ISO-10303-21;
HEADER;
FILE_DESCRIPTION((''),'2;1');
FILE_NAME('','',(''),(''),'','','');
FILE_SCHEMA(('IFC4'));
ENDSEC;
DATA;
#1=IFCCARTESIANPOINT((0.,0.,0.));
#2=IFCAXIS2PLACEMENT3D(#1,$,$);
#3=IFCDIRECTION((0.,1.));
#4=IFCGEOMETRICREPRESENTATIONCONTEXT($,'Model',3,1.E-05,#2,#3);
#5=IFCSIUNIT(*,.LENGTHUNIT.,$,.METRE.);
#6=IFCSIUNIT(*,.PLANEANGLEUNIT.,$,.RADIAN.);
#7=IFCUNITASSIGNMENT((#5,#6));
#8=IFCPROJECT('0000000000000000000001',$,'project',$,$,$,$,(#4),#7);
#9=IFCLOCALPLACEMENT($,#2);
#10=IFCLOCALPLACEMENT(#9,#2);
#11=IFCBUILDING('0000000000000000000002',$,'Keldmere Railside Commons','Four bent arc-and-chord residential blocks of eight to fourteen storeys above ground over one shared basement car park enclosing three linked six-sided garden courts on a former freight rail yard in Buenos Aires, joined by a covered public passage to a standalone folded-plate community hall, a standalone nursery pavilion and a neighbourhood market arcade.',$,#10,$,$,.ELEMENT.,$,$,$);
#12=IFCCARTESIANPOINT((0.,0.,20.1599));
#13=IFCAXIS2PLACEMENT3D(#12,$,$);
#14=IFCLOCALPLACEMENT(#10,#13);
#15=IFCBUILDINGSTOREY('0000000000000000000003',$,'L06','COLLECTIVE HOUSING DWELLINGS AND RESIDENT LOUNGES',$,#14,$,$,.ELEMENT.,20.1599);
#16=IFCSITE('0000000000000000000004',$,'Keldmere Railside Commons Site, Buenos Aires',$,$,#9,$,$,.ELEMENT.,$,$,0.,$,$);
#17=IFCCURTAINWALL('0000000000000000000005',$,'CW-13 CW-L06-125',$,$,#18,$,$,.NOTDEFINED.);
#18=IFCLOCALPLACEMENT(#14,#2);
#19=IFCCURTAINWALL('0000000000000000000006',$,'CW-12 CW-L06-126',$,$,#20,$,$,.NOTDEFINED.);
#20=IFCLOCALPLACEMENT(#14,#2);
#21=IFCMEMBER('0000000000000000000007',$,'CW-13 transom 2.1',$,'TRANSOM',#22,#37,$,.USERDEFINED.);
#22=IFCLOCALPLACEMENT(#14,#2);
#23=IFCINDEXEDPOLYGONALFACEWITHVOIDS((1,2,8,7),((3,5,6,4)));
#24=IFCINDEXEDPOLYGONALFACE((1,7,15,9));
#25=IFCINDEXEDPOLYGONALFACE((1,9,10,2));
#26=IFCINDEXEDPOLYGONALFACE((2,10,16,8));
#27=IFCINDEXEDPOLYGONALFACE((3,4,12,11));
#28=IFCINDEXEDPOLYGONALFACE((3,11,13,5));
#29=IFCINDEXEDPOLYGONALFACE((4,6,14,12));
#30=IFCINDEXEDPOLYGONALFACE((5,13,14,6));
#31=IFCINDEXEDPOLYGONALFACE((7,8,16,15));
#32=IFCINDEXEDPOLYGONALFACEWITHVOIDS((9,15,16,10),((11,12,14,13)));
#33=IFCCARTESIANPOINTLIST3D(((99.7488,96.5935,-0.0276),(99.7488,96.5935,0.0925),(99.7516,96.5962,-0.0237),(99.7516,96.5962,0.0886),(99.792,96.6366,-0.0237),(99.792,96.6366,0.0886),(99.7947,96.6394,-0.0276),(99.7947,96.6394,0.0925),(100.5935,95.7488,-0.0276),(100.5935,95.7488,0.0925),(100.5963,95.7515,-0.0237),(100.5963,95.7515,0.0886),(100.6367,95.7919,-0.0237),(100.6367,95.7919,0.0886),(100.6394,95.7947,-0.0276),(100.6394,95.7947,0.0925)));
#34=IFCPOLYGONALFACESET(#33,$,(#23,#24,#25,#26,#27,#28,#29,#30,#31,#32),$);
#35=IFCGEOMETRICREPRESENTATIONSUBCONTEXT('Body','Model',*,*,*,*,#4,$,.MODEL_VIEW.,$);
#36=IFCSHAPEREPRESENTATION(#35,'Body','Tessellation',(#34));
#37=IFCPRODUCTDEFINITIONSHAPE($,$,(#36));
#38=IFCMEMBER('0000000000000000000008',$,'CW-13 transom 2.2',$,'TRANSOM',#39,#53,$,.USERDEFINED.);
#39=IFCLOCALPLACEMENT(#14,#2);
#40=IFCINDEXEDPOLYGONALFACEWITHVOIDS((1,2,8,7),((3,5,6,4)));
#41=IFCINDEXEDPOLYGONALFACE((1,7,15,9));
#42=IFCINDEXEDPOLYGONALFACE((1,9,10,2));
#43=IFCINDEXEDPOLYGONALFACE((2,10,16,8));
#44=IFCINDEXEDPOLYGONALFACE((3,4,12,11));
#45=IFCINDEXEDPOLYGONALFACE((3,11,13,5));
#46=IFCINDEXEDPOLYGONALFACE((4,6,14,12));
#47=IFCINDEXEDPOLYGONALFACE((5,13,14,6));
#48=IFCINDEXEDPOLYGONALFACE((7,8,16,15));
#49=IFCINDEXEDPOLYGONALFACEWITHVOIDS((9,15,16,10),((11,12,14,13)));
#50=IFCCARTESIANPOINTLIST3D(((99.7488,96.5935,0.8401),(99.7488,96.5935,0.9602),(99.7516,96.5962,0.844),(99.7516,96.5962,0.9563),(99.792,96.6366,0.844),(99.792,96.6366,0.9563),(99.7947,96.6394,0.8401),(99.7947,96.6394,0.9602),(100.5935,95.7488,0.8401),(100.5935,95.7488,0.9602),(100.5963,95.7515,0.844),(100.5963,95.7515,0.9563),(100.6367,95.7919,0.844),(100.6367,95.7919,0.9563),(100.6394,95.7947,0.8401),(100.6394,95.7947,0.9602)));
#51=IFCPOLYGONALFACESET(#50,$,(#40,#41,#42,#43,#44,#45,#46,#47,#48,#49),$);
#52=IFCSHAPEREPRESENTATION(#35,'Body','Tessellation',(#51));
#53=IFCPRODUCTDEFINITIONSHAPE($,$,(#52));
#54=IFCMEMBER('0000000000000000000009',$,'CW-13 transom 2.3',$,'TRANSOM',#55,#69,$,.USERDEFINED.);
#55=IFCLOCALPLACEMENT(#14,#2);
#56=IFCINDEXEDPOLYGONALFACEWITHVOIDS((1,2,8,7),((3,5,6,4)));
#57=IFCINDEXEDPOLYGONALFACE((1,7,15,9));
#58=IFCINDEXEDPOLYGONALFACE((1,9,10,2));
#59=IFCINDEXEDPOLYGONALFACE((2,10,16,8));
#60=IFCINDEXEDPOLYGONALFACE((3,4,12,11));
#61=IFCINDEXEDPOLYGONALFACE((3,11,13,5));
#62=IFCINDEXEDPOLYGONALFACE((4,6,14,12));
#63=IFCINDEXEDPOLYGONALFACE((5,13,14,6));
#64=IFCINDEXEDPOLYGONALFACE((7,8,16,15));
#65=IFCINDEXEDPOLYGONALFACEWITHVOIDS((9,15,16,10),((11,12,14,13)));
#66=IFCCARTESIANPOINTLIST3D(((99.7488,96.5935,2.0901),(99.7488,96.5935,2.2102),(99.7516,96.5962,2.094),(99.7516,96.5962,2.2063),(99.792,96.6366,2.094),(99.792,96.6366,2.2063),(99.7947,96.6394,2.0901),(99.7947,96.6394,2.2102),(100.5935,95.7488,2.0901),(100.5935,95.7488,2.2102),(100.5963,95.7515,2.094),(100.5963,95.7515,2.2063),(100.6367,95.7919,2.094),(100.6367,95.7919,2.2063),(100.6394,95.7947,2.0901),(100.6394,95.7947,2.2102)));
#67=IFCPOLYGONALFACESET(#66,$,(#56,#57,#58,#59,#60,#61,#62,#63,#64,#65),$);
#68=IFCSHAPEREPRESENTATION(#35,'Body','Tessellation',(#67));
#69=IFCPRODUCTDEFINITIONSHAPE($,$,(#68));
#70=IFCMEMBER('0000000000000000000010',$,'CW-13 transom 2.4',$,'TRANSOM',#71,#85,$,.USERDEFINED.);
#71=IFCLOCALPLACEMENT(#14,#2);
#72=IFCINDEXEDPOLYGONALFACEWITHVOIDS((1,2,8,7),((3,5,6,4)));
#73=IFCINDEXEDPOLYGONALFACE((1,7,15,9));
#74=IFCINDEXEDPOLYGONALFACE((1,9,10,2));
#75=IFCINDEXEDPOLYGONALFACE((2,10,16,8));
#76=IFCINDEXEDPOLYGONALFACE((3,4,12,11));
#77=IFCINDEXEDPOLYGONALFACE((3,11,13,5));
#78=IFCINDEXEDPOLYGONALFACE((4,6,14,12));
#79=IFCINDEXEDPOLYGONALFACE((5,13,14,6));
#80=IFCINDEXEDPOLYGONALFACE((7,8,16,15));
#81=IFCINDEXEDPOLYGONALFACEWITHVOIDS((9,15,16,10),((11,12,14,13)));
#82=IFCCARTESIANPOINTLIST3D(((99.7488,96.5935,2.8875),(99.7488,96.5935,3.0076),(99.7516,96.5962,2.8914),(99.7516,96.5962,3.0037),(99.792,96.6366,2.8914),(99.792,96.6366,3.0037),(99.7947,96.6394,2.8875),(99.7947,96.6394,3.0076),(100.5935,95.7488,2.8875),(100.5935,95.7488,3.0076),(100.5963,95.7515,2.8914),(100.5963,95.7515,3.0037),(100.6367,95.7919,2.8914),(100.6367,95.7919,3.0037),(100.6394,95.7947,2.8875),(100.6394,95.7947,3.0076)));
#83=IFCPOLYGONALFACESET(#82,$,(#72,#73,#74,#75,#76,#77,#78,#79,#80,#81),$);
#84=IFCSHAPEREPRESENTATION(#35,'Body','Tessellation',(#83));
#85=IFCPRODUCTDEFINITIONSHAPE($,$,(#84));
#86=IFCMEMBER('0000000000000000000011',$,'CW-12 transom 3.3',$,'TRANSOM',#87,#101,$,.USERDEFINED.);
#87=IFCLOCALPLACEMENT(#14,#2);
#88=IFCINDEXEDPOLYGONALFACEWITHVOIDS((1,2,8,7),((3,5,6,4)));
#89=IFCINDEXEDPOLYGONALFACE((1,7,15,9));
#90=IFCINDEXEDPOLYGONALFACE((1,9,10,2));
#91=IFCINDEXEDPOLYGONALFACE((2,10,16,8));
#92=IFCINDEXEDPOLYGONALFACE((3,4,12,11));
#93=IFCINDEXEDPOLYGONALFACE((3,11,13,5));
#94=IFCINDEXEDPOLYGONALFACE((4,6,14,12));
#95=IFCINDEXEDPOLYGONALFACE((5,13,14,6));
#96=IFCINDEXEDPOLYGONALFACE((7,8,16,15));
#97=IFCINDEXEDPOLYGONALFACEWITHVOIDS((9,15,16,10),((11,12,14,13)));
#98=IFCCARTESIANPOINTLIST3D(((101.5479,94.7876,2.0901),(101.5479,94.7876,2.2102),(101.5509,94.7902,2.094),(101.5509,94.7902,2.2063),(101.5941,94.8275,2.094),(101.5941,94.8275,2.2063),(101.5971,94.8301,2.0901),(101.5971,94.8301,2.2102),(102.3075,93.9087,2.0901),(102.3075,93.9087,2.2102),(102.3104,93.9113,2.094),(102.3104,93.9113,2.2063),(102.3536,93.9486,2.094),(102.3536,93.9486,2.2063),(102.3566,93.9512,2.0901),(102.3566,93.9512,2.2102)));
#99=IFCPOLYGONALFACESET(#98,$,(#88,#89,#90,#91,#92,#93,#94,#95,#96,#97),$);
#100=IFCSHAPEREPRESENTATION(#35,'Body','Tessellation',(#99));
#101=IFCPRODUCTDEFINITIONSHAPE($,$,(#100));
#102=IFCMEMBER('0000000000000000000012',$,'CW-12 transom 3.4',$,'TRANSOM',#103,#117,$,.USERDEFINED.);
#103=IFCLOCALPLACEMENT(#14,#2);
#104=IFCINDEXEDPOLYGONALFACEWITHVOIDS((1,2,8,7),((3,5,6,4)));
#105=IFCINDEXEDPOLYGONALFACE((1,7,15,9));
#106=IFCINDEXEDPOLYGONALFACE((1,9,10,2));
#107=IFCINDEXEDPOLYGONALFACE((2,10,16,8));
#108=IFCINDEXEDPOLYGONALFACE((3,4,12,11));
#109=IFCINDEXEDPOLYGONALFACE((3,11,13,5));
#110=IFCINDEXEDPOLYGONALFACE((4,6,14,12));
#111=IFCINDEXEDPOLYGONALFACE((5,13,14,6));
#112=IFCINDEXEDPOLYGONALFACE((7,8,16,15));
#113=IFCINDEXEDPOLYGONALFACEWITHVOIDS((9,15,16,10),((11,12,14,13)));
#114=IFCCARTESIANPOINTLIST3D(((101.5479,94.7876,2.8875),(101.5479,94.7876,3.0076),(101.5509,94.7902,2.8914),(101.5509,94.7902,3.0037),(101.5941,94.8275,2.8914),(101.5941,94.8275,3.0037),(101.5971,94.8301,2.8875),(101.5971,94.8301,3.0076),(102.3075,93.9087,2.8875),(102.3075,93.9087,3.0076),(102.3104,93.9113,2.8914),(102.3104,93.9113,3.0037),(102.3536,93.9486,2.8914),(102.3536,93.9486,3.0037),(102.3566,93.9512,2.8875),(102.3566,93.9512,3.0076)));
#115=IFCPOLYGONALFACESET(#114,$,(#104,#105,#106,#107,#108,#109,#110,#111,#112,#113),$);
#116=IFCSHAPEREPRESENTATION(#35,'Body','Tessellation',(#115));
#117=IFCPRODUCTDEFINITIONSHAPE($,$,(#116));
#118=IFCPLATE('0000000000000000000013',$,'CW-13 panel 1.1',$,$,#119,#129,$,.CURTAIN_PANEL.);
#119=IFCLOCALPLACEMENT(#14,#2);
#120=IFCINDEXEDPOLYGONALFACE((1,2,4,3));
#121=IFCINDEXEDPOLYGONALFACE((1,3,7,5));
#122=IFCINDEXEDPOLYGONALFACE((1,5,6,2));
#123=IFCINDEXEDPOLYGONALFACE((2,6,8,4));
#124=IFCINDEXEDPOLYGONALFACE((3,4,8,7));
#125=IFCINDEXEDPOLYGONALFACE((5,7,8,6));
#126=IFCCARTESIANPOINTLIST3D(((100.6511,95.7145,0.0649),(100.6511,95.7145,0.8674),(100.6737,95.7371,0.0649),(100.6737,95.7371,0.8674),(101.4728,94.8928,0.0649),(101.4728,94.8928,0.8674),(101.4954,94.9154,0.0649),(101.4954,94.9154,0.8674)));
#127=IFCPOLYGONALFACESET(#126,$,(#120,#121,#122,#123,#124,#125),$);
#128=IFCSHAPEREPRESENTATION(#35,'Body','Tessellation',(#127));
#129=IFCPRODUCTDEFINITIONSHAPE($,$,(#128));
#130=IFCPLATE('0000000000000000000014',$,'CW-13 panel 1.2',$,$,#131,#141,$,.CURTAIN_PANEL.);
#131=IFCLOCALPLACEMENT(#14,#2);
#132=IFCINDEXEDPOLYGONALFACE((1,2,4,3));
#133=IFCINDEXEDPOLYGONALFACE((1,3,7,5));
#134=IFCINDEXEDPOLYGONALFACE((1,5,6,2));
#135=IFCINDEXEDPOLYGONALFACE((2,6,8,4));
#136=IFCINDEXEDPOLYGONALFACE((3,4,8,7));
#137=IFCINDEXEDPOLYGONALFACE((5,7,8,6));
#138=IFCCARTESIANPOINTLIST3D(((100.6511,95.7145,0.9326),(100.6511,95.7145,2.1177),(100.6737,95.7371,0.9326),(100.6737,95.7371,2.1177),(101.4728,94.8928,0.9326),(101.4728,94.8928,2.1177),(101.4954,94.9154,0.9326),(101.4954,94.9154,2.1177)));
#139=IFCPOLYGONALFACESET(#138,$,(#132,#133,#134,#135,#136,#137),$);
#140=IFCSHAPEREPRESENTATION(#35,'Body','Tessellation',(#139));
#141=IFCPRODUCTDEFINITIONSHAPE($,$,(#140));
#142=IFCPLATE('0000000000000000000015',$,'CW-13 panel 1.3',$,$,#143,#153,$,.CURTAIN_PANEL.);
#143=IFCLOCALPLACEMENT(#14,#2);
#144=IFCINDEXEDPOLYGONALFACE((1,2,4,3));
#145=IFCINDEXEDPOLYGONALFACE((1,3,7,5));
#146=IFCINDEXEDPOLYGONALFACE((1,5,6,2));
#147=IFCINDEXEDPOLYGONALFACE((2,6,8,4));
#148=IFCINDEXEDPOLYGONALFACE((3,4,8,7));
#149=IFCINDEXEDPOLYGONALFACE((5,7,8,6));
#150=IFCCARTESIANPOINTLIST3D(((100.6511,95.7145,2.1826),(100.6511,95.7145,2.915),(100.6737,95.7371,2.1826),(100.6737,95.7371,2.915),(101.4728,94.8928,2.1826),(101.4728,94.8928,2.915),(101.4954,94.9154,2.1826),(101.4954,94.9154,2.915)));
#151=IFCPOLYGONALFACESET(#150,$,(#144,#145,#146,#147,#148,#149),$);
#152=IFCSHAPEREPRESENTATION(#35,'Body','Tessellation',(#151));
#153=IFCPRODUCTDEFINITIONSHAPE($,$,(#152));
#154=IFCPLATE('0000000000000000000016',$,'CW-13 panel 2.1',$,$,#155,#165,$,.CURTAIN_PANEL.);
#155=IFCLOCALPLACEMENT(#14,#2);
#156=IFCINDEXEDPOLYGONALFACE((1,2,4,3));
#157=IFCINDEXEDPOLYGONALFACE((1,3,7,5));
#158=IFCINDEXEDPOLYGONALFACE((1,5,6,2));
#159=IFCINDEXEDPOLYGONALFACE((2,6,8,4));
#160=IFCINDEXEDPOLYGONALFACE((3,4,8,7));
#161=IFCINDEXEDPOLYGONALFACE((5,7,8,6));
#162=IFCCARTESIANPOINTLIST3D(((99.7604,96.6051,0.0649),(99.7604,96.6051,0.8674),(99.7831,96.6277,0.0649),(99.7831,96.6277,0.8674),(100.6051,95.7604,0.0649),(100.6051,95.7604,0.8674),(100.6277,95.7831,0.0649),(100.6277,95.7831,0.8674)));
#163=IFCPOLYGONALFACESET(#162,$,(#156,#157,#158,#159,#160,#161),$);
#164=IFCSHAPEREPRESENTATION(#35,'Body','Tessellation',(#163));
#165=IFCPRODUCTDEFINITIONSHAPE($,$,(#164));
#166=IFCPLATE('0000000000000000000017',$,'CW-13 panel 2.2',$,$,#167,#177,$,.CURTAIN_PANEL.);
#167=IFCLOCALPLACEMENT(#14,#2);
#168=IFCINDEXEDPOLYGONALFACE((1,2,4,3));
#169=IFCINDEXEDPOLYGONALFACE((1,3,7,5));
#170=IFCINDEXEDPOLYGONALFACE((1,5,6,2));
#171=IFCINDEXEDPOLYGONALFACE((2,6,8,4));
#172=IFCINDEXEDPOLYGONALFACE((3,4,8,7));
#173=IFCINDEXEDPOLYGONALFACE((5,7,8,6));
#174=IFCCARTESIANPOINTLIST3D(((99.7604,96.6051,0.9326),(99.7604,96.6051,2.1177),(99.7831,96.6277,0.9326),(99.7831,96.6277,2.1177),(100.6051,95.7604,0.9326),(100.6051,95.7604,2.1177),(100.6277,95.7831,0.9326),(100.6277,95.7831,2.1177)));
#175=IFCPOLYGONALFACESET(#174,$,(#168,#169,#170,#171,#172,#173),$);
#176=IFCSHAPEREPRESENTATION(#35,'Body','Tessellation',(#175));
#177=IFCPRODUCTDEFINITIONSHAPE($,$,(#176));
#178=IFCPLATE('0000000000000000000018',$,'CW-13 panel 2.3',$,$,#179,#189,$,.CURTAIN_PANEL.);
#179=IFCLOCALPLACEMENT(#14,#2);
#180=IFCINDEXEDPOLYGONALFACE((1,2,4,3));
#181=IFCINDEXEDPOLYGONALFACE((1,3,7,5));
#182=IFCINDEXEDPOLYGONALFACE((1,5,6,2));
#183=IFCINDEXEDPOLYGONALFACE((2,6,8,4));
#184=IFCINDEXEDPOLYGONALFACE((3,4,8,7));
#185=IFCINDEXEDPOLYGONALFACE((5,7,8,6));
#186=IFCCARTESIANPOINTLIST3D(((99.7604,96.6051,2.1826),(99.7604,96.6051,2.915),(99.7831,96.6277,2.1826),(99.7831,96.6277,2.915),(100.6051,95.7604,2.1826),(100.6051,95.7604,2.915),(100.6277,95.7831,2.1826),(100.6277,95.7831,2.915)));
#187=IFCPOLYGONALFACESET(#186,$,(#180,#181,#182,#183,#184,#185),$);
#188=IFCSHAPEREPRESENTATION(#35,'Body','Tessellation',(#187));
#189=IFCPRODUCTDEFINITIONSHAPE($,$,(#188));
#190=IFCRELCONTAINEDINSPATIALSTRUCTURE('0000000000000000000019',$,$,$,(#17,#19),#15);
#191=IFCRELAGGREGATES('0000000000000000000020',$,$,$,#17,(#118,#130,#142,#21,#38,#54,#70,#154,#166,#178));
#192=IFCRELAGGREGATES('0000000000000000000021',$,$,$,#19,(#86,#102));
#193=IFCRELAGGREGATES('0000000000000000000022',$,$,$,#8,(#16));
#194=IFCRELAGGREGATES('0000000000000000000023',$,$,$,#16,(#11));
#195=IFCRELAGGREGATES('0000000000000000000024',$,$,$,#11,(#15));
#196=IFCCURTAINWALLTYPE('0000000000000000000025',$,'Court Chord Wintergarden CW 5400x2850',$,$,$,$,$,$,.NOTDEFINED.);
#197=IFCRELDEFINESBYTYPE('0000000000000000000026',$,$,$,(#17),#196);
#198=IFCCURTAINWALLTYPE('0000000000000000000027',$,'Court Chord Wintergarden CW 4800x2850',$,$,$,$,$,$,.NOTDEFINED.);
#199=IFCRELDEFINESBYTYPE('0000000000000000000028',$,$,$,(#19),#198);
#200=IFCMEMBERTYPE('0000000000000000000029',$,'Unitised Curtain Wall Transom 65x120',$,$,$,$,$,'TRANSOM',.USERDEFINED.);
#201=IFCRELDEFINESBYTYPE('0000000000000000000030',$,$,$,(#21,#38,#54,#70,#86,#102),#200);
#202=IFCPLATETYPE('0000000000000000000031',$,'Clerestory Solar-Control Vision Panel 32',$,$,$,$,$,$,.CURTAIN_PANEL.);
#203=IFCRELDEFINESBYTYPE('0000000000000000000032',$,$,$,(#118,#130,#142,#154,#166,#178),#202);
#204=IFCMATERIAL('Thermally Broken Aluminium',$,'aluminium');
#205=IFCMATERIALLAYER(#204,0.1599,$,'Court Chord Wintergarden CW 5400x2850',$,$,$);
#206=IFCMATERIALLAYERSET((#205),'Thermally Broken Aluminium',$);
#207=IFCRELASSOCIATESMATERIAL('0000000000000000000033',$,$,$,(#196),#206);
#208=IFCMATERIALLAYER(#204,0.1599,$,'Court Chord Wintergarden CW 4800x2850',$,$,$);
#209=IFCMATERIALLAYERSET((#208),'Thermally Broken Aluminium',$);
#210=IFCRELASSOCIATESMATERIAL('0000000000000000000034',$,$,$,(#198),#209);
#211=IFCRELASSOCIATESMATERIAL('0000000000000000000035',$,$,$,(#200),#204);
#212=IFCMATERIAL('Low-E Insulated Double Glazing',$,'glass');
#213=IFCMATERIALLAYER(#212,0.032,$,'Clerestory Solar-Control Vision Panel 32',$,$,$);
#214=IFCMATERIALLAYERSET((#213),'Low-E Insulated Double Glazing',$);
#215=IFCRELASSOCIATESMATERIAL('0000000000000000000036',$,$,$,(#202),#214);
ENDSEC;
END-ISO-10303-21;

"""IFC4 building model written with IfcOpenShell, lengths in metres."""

from ifc_helpers import new_model, si_unit, direction, frame, origin, origin_2d, place, context, subcontext, project, spatial, rectangle, hollow_rectangle, extrude, material, layer, layer_set, material_profile, profile_set, type_object, element, aggregate, save


model = new_model("IFC4")

# Units and contexts
model_context = context("Model", 3, precision=1e-05, world=origin(), true_north=direction((0.0, 1.0)))
body_context = subcontext(model_context, "Body", "Model", "MODEL_VIEW")
ifc_project = project(units=[si_unit("LENGTHUNIT", "METRE"), si_unit("PLANEANGLEUNIT", "RADIAN")], contexts=[model_context])

# Site, building, storey
site_placement = place(None, origin())
site = spatial("IfcSite", under=ifc_project, at=site_placement, Name="Keldmere Railside Commons Site, Buenos Aires", CompositionType="ELEMENT", RefElevation=0.0)
building_placement = place(site_placement, origin())
building = spatial("IfcBuilding", under=site, at=building_placement, Name="Keldmere Railside Commons", Description="Four bent arc-and-chord residential blocks of eight to fourteen storeys above ground over one shared basement car park enclosing three linked six-sided garden courts on a former freight rail yard in Buenos Aires, joined by a covered public passage to a standalone folded-plate community hall, a standalone nursery pavilion and a neighbourhood market arcade.", CompositionType="ELEMENT")
storey_placement = place(building_placement, frame((0.0, 0.0, 20.1599)))
storey = spatial("IfcBuildingStorey", under=building, at=storey_placement, Name="L06", Description="COLLECTIVE HOUSING DWELLINGS AND RESIDENT LOUNGES", CompositionType="ELEMENT", Elevation=20.1599)

# Curtain wall
ifc_material_1 = material(Name="Thermally Broken Aluminium", Category="aluminium")
ifc_layer_1 = layer(ifc_material_1, 0.1599, Name="Court Chord Wintergarden CW 5400x2850")
ifc_layer_set_1 = layer_set([ifc_layer_1], Name="Thermally Broken Aluminium")
curtain_wall_type_1 = type_object("IfcCurtainWallType", Name="Court Chord Wintergarden CW 5400x2850", PredefinedType="NOTDEFINED", material=ifc_layer_set_1)
curtain_wall_1_placement = place(storey_placement, origin())
curtain_wall_1 = element("IfcCurtainWall", 1, at=curtain_wall_1_placement, inside=storey, type_object=curtain_wall_type_1, Name="CW-13 CW-L06-125", PredefinedType="NOTDEFINED")

# Curtain wall
ifc_layer_2 = layer(ifc_material_1, 0.1599, Name="Court Chord Wintergarden CW 4800x2850")
ifc_layer_set_2 = layer_set([ifc_layer_2], Name="Thermally Broken Aluminium")
curtain_wall_type_2 = type_object("IfcCurtainWallType", Name="Court Chord Wintergarden CW 4800x2850", PredefinedType="NOTDEFINED", material=ifc_layer_set_2)
curtain_wall_2_placement = place(storey_placement, origin())
curtain_wall_2 = element("IfcCurtainWall", 2, at=curtain_wall_2_placement, inside=storey, type_object=curtain_wall_type_2, Name="CW-12 CW-L06-126", PredefinedType="NOTDEFINED")

# Members
ifc_material_profile_1 = material_profile(ifc_material_1, hollow_rectangle(XDim=0.0649, YDim=0.1201, WallThickness=0.0039, at=origin_2d()), Name="ALU-TRAN-65x120")
ifc_profile_set_1 = profile_set([ifc_material_profile_1], Name="Thermally Broken Aluminium")
member_type_1 = type_object("IfcMemberType", Name="Unitised Curtain Wall Transom 65x120", ElementType="TRANSOM", PredefinedType="USERDEFINED", material=ifc_profile_set_1)
member_1_placement = place(storey_placement, frame((100.6165, 95.7717, 0.0325), z_axis=(-0.707107, 0.707107, 0.0), x_axis=(-0.707107, -0.707107, 0.0)))
member_1 = element("IfcMember", 3, at=member_1_placement, type_object=member_type_1, Name="CW-13 transom 2.1", ObjectType="TRANSOM", PredefinedType="USERDEFINED", context=body_context, shape_type="SweptSolid", body=[
    extrude(hollow_rectangle(XDim=0.0649, YDim=0.1201, WallThickness=0.0039, at=origin_2d()), origin(), (0.0, 0.0, 1.0), 1.1946),
])
member_2_placement = place(storey_placement, frame((100.6165, 95.7717, 0.9001), z_axis=(-0.707107, 0.707107, 0.0), x_axis=(-0.707107, -0.707107, 0.0)))
member_2 = element("IfcMember", 4, at=member_2_placement, type_object=member_type_1, Name="CW-13 transom 2.2", ObjectType="TRANSOM", PredefinedType="USERDEFINED", context=body_context, shape_type="SweptSolid", body=[
    extrude(hollow_rectangle(XDim=0.0649, YDim=0.1201, WallThickness=0.0039, at=origin_2d()), origin(), (0.0, 0.0, 1.0), 1.1946),
])
member_3_placement = place(storey_placement, frame((100.6165, 95.7717, 2.1501), z_axis=(-0.707107, 0.707107, 0.0), x_axis=(-0.707107, -0.707107, 0.0)))
member_3 = element("IfcMember", 5, at=member_3_placement, type_object=member_type_1, Name="CW-13 transom 2.3", ObjectType="TRANSOM", PredefinedType="USERDEFINED", context=body_context, shape_type="SweptSolid", body=[
    extrude(hollow_rectangle(XDim=0.0649, YDim=0.1201, WallThickness=0.0039, at=origin_2d()), origin(), (0.0, 0.0, 1.0), 1.1946),
])
member_4_placement = place(storey_placement, frame((100.6165, 95.7717, 2.9475), z_axis=(-0.707107, 0.707107, 0.0), x_axis=(-0.707107, -0.707107, 0.0)))
member_4 = element("IfcMember", 6, at=member_4_placement, type_object=member_type_1, Name="CW-13 transom 2.4", ObjectType="TRANSOM", PredefinedType="USERDEFINED", context=body_context, shape_type="SweptSolid", body=[
    extrude(hollow_rectangle(XDim=0.0649, YDim=0.1201, WallThickness=0.0039, at=origin_2d()), origin(), (0.0, 0.0, 1.0), 1.1946),
])
member_5_placement = place(storey_placement, frame((102.332, 93.9299, 2.1501), z_axis=(-0.65385, 0.756624, 0.0), x_axis=(-0.756624, -0.65385, 0.0)))
member_5 = element("IfcMember", 7, at=member_5_placement, type_object=member_type_1, Name="CW-12 transom 3.3", ObjectType="TRANSOM", PredefinedType="USERDEFINED", context=body_context, shape_type="SweptSolid", body=[
    extrude(hollow_rectangle(XDim=0.0649, YDim=0.1201, WallThickness=0.0039, at=origin_2d()), origin(), (0.0, 0.0, 1.0), 1.1616),
])
member_6_placement = place(storey_placement, frame((102.332, 93.9299, 2.9475), z_axis=(-0.65385, 0.756624, 0.0), x_axis=(-0.756624, -0.65385, 0.0)))
member_6 = element("IfcMember", 8, at=member_6_placement, type_object=member_type_1, Name="CW-12 transom 3.4", ObjectType="TRANSOM", PredefinedType="USERDEFINED", context=body_context, shape_type="SweptSolid", body=[
    extrude(hollow_rectangle(XDim=0.0649, YDim=0.1201, WallThickness=0.0039, at=origin_2d()), origin(), (0.0, 0.0, 1.0), 1.1616),
])

# Plates
ifc_material_2 = material(Name="Low-E Insulated Double Glazing", Category="glass")
ifc_layer_3 = layer(ifc_material_2, 0.032, Name="Clerestory Solar-Control Vision Panel 32")
ifc_layer_set_3 = layer_set([ifc_layer_3], Name="Low-E Insulated Double Glazing")
plate_type_1 = type_object("IfcPlateType", Name="Clerestory Solar-Control Vision Panel 32", PredefinedType="CURTAIN_PANEL", material=ifc_layer_set_3)
plate_1_placement = place(storey_placement, frame((101.0732, 95.3149, 0.0649), z_axis=(0.0, 0.0, 1.0), x_axis=(-0.707107, 0.707107, 0.0)))
plate_1 = element("IfcPlate", 9, at=plate_1_placement, type_object=plate_type_1, Name="CW-13 panel 1.1", PredefinedType="CURTAIN_PANEL", context=body_context, shape_type="SweptSolid", body=[
    extrude(rectangle(XDim=1.1621, YDim=0.032, at=origin_2d()), origin(), (0.0, 0.0, 1.0), 0.8025),
])
plate_2_placement = place(storey_placement, frame((101.0732, 95.3149, 0.9326), z_axis=(0.0, 0.0, 1.0), x_axis=(-0.707107, 0.707107, 0.0)))
plate_2 = element("IfcPlate", 10, at=plate_2_placement, type_object=plate_type_1, Name="CW-13 panel 1.2", PredefinedType="CURTAIN_PANEL", context=body_context, shape_type="SweptSolid", body=[
    extrude(rectangle(XDim=1.1621, YDim=0.032, at=origin_2d()), origin(), (0.0, 0.0, 1.0), 1.1851),
])
plate_3_placement = place(storey_placement, frame((101.0732, 95.3149, 2.1826), z_axis=(0.0, 0.0, 1.0), x_axis=(-0.707107, 0.707107, 0.0)))
plate_3 = element("IfcPlate", 11, at=plate_3_placement, type_object=plate_type_1, Name="CW-13 panel 1.3", PredefinedType="CURTAIN_PANEL", context=body_context, shape_type="SweptSolid", body=[
    extrude(rectangle(XDim=1.1621, YDim=0.032, at=origin_2d()), origin(), (0.0, 0.0, 1.0), 0.7324),
])
plate_4_placement = place(storey_placement, frame((100.1941, 96.1941, 0.0649), z_axis=(0.0, 0.0, 1.0), x_axis=(-0.707107, 0.707107, 0.0)))
plate_4 = element("IfcPlate", 12, at=plate_4_placement, type_object=plate_type_1, Name="CW-13 panel 2.1", PredefinedType="CURTAIN_PANEL", context=body_context, shape_type="SweptSolid", body=[
    extrude(rectangle(XDim=1.1946, YDim=0.032, at=origin_2d()), origin(), (0.0, 0.0, 1.0), 0.8025),
])
plate_5_placement = place(storey_placement, frame((100.1941, 96.1941, 0.9326), z_axis=(0.0, 0.0, 1.0), x_axis=(-0.707107, 0.707107, 0.0)))
plate_5 = element("IfcPlate", 13, at=plate_5_placement, type_object=plate_type_1, Name="CW-13 panel 2.2", PredefinedType="CURTAIN_PANEL", context=body_context, shape_type="SweptSolid", body=[
    extrude(rectangle(XDim=1.1946, YDim=0.032, at=origin_2d()), origin(), (0.0, 0.0, 1.0), 1.1851),
])
plate_6_placement = place(storey_placement, frame((100.1941, 96.1941, 2.1826), z_axis=(0.0, 0.0, 1.0), x_axis=(-0.707107, 0.707107, 0.0)))
plate_6 = element("IfcPlate", 14, at=plate_6_placement, type_object=plate_type_1, Name="CW-13 panel 2.3", PredefinedType="CURTAIN_PANEL", context=body_context, shape_type="SweptSolid", body=[
    extrude(rectangle(XDim=1.1946, YDim=0.032, at=origin_2d()), origin(), (0.0, 0.0, 1.0), 0.7324),
])
aggregate(curtain_wall_1, [plate_1, plate_2, plate_3, member_1, member_2, member_3, member_4, plate_4, plate_5, plate_6])
aggregate(curtain_wall_2, [member_5, member_6])

save(model, "model.ifc")
